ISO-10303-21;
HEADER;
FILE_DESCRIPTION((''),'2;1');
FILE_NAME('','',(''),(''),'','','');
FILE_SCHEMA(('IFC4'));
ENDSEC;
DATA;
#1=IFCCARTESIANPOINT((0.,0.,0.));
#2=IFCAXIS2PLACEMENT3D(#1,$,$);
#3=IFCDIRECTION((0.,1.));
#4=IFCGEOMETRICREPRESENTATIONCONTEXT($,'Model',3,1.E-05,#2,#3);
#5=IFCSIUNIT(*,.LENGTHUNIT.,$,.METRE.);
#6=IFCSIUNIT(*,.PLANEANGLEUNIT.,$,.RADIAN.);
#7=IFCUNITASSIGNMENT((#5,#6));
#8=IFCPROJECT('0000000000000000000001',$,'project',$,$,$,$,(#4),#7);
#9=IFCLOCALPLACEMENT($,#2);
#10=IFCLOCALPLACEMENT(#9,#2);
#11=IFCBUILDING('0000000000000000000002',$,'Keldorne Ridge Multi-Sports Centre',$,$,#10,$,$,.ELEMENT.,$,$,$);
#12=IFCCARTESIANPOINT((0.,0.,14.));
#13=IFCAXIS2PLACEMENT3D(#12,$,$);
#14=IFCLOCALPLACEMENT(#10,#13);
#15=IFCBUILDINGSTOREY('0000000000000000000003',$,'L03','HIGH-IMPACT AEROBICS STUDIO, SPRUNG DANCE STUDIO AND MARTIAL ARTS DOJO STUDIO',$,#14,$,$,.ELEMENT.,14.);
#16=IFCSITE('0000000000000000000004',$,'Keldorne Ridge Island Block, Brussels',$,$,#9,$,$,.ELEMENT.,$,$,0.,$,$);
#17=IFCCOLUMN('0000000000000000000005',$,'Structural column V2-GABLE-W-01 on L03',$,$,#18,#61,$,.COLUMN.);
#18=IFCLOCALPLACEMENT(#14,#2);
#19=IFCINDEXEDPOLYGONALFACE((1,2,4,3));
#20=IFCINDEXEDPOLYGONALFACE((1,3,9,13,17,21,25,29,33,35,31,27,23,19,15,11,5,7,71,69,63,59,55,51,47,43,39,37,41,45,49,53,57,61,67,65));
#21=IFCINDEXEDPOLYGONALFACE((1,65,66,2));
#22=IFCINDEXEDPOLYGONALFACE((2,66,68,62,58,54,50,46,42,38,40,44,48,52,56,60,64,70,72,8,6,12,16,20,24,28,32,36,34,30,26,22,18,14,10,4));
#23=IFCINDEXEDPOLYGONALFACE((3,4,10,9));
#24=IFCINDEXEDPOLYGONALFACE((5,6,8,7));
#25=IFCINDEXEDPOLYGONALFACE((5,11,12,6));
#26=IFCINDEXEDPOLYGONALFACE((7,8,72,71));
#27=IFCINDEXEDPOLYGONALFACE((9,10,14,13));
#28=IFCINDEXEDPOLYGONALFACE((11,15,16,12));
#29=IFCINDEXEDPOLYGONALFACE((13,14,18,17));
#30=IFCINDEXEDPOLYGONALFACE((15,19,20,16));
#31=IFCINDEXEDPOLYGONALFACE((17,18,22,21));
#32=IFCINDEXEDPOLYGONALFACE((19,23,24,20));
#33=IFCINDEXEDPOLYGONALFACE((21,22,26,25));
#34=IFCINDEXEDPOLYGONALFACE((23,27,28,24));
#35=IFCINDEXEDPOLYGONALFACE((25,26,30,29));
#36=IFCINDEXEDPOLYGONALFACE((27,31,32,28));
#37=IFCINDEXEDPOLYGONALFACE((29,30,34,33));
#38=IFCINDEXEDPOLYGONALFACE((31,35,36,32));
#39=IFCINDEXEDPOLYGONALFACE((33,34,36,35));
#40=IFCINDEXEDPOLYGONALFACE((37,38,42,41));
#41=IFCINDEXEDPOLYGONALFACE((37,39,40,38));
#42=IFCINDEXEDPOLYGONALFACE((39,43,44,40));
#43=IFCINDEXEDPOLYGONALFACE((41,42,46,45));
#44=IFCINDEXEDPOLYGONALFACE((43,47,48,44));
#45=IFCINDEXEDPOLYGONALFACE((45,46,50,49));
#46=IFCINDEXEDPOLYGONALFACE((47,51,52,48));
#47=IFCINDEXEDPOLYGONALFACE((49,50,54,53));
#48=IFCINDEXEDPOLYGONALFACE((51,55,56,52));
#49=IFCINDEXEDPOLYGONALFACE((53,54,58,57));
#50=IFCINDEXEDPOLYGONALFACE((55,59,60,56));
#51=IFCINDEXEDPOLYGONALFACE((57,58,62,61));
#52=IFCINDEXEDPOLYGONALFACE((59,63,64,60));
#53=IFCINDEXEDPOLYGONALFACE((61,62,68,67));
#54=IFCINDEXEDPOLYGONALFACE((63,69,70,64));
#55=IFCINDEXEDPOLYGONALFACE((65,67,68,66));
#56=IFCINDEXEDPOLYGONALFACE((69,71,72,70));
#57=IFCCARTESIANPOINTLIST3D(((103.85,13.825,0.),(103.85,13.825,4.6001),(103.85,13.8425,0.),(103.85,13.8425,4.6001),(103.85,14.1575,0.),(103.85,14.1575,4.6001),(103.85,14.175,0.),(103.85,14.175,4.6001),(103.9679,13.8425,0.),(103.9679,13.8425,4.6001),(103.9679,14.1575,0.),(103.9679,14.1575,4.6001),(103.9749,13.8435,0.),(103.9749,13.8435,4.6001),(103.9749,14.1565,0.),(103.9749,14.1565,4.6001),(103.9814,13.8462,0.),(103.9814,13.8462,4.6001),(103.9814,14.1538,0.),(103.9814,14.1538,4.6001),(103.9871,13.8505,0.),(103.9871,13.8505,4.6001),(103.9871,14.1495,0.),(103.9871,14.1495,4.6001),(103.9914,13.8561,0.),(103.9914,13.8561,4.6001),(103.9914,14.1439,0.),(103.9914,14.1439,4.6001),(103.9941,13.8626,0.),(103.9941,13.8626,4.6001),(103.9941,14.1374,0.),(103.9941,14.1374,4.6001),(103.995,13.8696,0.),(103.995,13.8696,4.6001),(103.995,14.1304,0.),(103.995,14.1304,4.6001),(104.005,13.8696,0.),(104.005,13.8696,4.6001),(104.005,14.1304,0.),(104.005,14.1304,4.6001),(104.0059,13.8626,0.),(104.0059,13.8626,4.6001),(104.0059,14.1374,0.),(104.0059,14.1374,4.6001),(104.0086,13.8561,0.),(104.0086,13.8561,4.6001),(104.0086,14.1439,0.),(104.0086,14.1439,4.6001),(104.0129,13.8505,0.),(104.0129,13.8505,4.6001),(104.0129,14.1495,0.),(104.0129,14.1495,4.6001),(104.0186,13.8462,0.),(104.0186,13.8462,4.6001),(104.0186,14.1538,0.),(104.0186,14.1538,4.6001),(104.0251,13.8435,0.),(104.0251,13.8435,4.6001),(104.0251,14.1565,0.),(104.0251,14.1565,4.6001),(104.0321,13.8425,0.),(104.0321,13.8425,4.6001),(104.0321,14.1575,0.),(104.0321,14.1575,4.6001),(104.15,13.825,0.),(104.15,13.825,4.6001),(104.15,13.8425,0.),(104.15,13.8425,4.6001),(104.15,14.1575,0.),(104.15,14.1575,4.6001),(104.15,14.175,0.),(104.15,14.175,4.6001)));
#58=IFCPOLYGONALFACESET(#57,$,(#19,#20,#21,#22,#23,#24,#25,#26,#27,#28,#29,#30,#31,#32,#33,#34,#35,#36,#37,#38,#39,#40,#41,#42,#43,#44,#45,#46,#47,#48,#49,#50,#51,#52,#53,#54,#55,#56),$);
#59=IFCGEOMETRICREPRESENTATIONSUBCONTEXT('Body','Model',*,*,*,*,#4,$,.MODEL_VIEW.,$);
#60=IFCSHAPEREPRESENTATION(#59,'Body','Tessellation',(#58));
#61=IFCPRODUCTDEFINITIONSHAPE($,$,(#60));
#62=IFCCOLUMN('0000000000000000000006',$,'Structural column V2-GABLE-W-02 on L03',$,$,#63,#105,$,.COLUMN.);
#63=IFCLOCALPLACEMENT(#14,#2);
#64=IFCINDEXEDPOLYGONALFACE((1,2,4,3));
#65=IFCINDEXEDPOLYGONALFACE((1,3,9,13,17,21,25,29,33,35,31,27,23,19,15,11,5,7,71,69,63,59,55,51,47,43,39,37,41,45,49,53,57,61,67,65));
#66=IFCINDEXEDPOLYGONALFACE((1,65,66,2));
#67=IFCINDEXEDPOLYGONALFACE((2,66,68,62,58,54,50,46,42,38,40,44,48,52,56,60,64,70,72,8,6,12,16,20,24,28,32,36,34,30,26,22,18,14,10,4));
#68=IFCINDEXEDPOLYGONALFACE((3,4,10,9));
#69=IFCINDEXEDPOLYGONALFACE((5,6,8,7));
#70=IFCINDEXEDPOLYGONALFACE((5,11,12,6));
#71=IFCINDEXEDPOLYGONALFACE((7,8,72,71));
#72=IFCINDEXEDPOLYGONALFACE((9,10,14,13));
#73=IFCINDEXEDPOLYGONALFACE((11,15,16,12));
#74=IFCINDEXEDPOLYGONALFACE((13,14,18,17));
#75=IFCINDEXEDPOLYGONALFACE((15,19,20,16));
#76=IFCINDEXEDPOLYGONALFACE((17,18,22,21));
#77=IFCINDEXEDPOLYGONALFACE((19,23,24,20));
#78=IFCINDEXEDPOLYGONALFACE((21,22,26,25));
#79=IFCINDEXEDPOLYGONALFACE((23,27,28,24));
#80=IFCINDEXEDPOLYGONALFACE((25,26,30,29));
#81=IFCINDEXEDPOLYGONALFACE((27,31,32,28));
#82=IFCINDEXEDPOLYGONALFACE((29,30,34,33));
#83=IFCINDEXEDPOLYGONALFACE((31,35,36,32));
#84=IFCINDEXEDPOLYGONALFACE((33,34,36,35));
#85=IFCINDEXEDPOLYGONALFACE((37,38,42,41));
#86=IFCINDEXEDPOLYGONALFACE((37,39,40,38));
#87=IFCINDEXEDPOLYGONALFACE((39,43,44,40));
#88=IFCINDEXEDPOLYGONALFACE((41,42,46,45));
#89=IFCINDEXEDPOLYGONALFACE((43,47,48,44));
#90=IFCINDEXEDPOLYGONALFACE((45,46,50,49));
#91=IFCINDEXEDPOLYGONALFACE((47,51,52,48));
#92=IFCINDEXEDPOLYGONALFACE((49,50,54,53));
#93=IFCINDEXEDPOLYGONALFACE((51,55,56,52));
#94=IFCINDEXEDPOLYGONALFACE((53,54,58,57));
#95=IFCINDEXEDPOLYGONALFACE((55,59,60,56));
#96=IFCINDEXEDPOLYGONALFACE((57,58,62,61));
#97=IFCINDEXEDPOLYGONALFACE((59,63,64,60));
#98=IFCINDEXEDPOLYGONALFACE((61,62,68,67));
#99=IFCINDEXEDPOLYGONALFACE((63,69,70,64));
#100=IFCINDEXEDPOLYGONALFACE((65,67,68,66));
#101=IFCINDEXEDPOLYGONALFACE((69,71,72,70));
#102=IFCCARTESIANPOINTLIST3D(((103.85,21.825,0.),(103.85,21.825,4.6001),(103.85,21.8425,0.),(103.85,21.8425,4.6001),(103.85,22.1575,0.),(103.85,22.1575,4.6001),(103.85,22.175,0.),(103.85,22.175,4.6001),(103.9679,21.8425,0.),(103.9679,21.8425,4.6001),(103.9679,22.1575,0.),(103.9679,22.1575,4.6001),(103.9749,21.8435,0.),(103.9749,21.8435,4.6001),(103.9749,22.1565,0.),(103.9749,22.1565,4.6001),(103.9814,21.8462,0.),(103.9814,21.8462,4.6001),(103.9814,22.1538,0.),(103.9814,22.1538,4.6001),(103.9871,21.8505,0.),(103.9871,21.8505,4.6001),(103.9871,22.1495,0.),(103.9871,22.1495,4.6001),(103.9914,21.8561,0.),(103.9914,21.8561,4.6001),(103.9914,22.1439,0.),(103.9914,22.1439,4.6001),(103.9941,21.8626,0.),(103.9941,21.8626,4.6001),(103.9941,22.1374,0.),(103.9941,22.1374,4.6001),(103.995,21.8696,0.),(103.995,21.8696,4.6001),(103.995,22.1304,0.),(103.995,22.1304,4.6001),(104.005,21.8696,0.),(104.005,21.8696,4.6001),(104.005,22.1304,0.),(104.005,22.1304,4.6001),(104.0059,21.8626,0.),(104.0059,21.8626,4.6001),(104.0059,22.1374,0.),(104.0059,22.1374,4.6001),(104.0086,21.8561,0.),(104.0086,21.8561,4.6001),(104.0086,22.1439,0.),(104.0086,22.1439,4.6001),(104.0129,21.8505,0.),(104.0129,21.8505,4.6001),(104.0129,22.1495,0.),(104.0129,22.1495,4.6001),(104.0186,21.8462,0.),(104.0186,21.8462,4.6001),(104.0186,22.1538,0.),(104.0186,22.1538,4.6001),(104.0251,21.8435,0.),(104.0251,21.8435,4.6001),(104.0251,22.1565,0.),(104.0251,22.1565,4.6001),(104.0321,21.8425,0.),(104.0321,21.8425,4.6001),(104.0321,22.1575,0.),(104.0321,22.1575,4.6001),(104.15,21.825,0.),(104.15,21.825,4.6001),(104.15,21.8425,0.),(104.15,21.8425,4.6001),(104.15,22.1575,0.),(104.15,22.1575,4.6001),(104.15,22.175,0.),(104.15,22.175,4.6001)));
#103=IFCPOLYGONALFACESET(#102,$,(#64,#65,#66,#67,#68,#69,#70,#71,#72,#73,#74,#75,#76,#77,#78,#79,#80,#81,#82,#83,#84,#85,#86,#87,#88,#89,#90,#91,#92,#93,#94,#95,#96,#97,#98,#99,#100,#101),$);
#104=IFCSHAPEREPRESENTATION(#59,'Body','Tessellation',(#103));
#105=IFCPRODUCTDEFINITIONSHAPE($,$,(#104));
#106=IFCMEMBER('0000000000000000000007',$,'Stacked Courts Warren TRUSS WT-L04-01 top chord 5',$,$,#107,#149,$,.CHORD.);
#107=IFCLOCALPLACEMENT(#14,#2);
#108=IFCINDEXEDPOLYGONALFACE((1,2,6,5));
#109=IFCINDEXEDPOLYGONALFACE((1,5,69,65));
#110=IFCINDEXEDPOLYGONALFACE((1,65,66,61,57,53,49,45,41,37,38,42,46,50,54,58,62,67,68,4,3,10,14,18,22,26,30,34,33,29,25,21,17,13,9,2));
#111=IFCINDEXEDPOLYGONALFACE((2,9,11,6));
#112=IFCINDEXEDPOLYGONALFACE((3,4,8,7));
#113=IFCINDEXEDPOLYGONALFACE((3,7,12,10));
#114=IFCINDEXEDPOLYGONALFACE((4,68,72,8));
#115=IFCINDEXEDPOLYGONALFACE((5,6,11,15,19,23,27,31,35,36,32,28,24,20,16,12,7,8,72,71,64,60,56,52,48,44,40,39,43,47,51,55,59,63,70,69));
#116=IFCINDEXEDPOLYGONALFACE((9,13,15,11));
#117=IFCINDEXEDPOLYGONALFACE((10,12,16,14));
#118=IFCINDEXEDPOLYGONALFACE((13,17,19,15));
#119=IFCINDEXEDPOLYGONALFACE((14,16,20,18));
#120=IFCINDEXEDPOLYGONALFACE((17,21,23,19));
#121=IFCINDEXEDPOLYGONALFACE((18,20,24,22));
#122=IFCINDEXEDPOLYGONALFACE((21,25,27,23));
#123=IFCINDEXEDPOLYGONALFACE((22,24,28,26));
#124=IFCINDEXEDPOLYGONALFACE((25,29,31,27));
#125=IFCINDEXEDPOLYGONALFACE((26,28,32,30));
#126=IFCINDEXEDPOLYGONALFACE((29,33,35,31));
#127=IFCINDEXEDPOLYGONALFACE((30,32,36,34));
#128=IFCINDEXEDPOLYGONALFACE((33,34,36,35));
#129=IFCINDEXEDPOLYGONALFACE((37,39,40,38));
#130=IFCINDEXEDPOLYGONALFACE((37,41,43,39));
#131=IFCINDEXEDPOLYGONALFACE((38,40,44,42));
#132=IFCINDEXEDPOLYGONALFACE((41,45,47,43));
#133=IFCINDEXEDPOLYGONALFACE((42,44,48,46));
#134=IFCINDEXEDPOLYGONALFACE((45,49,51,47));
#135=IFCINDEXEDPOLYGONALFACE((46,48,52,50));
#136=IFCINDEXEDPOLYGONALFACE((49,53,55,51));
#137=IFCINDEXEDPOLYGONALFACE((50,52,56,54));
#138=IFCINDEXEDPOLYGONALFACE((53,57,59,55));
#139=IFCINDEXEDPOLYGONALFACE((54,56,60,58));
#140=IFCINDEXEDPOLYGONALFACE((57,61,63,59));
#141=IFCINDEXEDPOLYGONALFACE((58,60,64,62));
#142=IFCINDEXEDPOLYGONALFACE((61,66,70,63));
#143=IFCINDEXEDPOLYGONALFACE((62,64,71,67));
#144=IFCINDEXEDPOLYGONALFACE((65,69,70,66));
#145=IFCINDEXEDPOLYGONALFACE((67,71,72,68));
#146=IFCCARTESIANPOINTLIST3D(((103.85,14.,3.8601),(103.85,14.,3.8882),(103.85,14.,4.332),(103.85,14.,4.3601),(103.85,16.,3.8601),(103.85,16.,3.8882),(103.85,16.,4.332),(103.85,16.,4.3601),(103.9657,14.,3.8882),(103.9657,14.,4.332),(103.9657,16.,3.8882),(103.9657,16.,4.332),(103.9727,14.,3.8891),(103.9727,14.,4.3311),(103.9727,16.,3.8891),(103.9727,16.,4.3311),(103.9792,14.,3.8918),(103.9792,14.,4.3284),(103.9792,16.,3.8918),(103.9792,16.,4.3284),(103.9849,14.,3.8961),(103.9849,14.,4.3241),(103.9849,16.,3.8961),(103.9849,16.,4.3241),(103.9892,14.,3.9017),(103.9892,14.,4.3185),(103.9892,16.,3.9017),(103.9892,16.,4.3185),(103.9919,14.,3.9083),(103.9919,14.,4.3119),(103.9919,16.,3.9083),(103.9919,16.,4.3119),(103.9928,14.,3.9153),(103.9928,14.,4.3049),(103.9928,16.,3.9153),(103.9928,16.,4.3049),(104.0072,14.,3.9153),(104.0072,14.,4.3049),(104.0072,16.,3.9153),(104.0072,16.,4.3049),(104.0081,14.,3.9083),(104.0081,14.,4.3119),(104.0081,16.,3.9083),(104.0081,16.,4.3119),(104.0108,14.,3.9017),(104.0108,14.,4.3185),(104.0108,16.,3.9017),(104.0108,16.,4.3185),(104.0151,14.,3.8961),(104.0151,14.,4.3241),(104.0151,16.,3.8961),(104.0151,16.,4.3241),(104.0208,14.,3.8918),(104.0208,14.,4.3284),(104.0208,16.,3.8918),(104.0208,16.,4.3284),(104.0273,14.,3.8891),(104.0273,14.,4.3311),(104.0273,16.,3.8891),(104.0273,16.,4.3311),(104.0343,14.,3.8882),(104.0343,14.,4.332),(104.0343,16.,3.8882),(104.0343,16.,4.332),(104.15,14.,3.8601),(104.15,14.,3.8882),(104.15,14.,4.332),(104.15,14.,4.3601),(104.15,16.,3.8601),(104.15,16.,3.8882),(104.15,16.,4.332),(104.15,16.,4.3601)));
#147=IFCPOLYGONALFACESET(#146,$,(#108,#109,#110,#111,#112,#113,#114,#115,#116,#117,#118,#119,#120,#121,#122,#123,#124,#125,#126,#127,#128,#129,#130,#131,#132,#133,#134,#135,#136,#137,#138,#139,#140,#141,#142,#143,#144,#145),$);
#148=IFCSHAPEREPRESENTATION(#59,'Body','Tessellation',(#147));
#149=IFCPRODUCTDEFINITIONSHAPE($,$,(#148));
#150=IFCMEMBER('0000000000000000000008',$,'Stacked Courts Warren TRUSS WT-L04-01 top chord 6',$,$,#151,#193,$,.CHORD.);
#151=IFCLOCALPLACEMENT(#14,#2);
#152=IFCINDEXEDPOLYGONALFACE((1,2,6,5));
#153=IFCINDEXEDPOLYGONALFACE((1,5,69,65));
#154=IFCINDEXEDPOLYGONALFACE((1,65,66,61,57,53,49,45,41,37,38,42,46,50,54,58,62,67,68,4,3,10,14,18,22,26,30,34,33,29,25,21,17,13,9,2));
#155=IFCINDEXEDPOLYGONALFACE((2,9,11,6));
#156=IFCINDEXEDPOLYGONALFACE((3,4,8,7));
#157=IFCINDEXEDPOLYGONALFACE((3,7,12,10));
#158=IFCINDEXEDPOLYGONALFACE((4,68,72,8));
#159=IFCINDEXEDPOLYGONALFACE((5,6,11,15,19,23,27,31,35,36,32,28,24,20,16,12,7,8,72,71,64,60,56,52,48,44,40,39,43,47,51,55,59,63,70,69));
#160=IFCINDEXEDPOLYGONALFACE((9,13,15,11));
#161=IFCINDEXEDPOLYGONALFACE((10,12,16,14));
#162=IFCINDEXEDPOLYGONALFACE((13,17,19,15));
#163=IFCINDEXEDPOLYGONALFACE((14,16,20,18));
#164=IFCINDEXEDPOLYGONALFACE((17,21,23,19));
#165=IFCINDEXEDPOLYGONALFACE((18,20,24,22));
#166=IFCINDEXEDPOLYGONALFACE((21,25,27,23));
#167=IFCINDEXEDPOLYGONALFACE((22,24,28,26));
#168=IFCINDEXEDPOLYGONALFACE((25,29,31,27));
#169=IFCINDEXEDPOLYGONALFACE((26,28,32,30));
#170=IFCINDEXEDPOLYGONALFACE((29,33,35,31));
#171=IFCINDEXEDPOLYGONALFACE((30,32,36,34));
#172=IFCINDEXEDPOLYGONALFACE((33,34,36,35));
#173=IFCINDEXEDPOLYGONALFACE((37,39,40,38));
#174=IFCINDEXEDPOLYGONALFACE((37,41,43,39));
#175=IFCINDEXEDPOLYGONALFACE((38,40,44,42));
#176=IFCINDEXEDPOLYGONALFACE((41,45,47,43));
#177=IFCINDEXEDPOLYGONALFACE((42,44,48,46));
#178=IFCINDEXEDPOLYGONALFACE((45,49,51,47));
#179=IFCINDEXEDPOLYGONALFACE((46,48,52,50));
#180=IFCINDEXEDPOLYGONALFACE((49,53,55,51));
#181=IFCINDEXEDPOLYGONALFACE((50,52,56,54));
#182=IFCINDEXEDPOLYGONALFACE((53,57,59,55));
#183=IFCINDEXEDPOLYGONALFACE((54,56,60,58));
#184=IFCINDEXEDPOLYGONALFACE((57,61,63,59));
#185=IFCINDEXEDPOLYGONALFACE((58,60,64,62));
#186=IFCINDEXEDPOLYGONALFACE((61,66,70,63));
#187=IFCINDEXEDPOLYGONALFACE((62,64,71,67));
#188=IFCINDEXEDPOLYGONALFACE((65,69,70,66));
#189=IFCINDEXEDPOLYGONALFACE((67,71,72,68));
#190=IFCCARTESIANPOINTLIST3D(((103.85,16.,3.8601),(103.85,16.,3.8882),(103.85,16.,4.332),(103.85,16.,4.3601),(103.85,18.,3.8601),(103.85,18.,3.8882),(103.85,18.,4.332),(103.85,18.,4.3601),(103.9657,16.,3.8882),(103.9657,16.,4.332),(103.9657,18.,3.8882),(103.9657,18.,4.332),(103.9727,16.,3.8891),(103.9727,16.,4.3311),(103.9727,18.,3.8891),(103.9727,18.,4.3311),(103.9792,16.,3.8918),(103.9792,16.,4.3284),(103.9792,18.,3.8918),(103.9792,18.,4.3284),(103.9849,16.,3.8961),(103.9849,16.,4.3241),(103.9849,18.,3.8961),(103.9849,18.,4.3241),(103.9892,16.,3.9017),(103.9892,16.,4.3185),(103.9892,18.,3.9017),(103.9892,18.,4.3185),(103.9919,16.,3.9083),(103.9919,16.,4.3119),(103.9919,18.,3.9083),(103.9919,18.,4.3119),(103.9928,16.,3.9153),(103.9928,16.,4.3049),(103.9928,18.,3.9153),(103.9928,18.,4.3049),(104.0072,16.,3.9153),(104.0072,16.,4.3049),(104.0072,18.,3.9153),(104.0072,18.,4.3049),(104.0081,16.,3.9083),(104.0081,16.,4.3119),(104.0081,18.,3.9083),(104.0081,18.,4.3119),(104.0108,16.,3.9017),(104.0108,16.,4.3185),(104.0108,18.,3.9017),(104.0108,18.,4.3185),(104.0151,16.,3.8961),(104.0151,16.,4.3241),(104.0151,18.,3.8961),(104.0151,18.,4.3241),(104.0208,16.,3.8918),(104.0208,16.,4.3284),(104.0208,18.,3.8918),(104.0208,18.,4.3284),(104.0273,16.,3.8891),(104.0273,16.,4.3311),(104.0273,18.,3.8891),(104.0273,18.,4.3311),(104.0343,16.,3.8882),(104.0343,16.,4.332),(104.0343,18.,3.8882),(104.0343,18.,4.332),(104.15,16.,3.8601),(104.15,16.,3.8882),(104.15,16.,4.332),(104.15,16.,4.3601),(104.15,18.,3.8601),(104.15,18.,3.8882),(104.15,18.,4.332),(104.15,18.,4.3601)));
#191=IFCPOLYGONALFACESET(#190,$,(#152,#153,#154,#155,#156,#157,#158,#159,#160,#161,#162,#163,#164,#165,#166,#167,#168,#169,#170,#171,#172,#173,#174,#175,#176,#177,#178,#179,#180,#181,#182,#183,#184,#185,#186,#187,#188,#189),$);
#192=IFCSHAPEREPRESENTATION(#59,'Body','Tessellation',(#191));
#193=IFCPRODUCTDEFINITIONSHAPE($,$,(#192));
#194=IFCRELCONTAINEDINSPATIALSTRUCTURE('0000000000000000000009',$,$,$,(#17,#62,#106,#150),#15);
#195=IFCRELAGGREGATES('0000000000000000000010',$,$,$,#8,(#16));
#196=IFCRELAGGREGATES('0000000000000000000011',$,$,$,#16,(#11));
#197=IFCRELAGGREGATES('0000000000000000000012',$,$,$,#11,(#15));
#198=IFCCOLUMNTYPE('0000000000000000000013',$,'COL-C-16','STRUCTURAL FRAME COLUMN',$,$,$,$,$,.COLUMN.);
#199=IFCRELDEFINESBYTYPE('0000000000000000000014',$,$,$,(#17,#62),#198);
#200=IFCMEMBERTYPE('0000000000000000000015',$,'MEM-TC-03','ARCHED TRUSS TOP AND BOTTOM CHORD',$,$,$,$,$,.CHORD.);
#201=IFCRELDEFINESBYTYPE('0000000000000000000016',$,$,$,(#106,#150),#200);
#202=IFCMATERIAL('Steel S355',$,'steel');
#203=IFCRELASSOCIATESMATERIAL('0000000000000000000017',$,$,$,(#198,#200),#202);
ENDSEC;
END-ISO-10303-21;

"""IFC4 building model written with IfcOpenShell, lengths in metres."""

from ifc_helpers import new_model, si_unit, direction, frame, origin, origin_2d, place, context, subcontext, project, spatial, i_section, extrude, material, material_profile, profile_set, type_object, element, save


model = new_model("IFC4")

# Units and contexts
model_context = context("Model", 3, precision=1e-05, world=origin(), true_north=direction((0.0, 1.0)))
body_context = subcontext(model_context, "Body", "Model", "MODEL_VIEW")
ifc_project = project(units=[si_unit("LENGTHUNIT", "METRE"), si_unit("PLANEANGLEUNIT", "RADIAN")], contexts=[model_context])

# Site, building, storey
site_placement = place(None, origin())
site = spatial("IfcSite", under=ifc_project, at=site_placement, Name="Keldorne Ridge Island Block, Brussels", CompositionType="ELEMENT", RefElevation=0.0)
building_placement = place(site_placement, origin())
building = spatial("IfcBuilding", under=site, at=building_placement, Name="Keldorne Ridge Multi-Sports Centre", CompositionType="ELEMENT")
storey_placement = place(building_placement, frame((0.0, 0.0, 14.0)))
storey = spatial("IfcBuildingStorey", under=building, at=storey_placement, Name="L03", Description="HIGH-IMPACT AEROBICS STUDIO, SPRUNG DANCE STUDIO AND MARTIAL ARTS DOJO STUDIO", CompositionType="ELEMENT", Elevation=14.0)

# Columns
ifc_material = material(Name="Steel S355", Category="steel")
ifc_material_profile_1 = material_profile(ifc_material, i_section(OverallWidth=0.3, OverallDepth=0.3501, WebThickness=0.01, FlangeThickness=0.0176, FilletRadius=0.0271, at=origin_2d()), Name="HEA 360")
ifc_profile_set_1 = profile_set([ifc_material_profile_1], Name="Steel S355")
column_type = type_object("IfcColumnType", Name="COL-C-16", Description="STRUCTURAL FRAME COLUMN", PredefinedType="COLUMN", material=ifc_profile_set_1)
for number, where, z_axis, x_axis, name in (
    (1, (104.0, 14.0, 0.0), (0.0, 0.0, 1.0), (1.0, 0.0, 0.0), "Structural column V2-GABLE-W-01 on L03"),
    (2, (104.0, 22.0, 0.0), (0.0, 0.0, 1.0), (1.0, 0.0, 0.0), "Structural column V2-GABLE-W-02 on L03"),
):
    element("IfcColumn", number, at=place(storey_placement, frame(where, z_axis=z_axis, x_axis=x_axis)), inside=storey, type_object=column_type, Name=name, PredefinedType="COLUMN", context=body_context, shape_type="SweptSolid", body=[
        extrude(i_section(OverallWidth=0.3, OverallDepth=0.3501, WebThickness=0.01, FlangeThickness=0.0176, FilletRadius=0.0271, at=origin_2d()), origin(), (0.0, 0.0, 1.0), 4.6001),
    ])

# Members
ifc_material_profile_2 = material_profile(ifc_material, i_section(OverallWidth=0.3, OverallDepth=0.5, WebThickness=0.0144, FlangeThickness=0.0281, FilletRadius=0.0271, at=origin_2d()), Name="HEB 500")
ifc_profile_set_2 = profile_set([ifc_material_profile_2], Name="Steel S355")
member_type_1 = type_object("IfcMemberType", Name="MEM-TC-03", Description="ARCHED TRUSS TOP AND BOTTOM CHORD", PredefinedType="CHORD", material=ifc_profile_set_2)
for number, where, z_axis, x_axis, name in (
    (3, (104.0, 14.0, 4.1101), (0.0, 1.0, 0.0), (-1.0, 0.0, 0.0), "Stacked Courts Warren TRUSS WT-L04-01 top chord 5"),
    (4, (104.0, 16.0, 4.1101), (0.0, 1.0, 0.0), (-1.0, 0.0, 0.0), "Stacked Courts Warren TRUSS WT-L04-01 top chord 6"),
):
    element("IfcMember", number, at=place(storey_placement, frame(where, z_axis=z_axis, x_axis=x_axis)), inside=storey, type_object=member_type_1, Name=name, PredefinedType="CHORD", context=body_context, shape_type="SweptSolid", body=[
        extrude(i_section(OverallWidth=0.3, OverallDepth=0.5, WebThickness=0.0144, FlangeThickness=0.0281, FilletRadius=0.0271, at=origin_2d()), origin(), (0.0, 0.0, 1.0), 2.0),
    ])

save(model, "model.ifc")
